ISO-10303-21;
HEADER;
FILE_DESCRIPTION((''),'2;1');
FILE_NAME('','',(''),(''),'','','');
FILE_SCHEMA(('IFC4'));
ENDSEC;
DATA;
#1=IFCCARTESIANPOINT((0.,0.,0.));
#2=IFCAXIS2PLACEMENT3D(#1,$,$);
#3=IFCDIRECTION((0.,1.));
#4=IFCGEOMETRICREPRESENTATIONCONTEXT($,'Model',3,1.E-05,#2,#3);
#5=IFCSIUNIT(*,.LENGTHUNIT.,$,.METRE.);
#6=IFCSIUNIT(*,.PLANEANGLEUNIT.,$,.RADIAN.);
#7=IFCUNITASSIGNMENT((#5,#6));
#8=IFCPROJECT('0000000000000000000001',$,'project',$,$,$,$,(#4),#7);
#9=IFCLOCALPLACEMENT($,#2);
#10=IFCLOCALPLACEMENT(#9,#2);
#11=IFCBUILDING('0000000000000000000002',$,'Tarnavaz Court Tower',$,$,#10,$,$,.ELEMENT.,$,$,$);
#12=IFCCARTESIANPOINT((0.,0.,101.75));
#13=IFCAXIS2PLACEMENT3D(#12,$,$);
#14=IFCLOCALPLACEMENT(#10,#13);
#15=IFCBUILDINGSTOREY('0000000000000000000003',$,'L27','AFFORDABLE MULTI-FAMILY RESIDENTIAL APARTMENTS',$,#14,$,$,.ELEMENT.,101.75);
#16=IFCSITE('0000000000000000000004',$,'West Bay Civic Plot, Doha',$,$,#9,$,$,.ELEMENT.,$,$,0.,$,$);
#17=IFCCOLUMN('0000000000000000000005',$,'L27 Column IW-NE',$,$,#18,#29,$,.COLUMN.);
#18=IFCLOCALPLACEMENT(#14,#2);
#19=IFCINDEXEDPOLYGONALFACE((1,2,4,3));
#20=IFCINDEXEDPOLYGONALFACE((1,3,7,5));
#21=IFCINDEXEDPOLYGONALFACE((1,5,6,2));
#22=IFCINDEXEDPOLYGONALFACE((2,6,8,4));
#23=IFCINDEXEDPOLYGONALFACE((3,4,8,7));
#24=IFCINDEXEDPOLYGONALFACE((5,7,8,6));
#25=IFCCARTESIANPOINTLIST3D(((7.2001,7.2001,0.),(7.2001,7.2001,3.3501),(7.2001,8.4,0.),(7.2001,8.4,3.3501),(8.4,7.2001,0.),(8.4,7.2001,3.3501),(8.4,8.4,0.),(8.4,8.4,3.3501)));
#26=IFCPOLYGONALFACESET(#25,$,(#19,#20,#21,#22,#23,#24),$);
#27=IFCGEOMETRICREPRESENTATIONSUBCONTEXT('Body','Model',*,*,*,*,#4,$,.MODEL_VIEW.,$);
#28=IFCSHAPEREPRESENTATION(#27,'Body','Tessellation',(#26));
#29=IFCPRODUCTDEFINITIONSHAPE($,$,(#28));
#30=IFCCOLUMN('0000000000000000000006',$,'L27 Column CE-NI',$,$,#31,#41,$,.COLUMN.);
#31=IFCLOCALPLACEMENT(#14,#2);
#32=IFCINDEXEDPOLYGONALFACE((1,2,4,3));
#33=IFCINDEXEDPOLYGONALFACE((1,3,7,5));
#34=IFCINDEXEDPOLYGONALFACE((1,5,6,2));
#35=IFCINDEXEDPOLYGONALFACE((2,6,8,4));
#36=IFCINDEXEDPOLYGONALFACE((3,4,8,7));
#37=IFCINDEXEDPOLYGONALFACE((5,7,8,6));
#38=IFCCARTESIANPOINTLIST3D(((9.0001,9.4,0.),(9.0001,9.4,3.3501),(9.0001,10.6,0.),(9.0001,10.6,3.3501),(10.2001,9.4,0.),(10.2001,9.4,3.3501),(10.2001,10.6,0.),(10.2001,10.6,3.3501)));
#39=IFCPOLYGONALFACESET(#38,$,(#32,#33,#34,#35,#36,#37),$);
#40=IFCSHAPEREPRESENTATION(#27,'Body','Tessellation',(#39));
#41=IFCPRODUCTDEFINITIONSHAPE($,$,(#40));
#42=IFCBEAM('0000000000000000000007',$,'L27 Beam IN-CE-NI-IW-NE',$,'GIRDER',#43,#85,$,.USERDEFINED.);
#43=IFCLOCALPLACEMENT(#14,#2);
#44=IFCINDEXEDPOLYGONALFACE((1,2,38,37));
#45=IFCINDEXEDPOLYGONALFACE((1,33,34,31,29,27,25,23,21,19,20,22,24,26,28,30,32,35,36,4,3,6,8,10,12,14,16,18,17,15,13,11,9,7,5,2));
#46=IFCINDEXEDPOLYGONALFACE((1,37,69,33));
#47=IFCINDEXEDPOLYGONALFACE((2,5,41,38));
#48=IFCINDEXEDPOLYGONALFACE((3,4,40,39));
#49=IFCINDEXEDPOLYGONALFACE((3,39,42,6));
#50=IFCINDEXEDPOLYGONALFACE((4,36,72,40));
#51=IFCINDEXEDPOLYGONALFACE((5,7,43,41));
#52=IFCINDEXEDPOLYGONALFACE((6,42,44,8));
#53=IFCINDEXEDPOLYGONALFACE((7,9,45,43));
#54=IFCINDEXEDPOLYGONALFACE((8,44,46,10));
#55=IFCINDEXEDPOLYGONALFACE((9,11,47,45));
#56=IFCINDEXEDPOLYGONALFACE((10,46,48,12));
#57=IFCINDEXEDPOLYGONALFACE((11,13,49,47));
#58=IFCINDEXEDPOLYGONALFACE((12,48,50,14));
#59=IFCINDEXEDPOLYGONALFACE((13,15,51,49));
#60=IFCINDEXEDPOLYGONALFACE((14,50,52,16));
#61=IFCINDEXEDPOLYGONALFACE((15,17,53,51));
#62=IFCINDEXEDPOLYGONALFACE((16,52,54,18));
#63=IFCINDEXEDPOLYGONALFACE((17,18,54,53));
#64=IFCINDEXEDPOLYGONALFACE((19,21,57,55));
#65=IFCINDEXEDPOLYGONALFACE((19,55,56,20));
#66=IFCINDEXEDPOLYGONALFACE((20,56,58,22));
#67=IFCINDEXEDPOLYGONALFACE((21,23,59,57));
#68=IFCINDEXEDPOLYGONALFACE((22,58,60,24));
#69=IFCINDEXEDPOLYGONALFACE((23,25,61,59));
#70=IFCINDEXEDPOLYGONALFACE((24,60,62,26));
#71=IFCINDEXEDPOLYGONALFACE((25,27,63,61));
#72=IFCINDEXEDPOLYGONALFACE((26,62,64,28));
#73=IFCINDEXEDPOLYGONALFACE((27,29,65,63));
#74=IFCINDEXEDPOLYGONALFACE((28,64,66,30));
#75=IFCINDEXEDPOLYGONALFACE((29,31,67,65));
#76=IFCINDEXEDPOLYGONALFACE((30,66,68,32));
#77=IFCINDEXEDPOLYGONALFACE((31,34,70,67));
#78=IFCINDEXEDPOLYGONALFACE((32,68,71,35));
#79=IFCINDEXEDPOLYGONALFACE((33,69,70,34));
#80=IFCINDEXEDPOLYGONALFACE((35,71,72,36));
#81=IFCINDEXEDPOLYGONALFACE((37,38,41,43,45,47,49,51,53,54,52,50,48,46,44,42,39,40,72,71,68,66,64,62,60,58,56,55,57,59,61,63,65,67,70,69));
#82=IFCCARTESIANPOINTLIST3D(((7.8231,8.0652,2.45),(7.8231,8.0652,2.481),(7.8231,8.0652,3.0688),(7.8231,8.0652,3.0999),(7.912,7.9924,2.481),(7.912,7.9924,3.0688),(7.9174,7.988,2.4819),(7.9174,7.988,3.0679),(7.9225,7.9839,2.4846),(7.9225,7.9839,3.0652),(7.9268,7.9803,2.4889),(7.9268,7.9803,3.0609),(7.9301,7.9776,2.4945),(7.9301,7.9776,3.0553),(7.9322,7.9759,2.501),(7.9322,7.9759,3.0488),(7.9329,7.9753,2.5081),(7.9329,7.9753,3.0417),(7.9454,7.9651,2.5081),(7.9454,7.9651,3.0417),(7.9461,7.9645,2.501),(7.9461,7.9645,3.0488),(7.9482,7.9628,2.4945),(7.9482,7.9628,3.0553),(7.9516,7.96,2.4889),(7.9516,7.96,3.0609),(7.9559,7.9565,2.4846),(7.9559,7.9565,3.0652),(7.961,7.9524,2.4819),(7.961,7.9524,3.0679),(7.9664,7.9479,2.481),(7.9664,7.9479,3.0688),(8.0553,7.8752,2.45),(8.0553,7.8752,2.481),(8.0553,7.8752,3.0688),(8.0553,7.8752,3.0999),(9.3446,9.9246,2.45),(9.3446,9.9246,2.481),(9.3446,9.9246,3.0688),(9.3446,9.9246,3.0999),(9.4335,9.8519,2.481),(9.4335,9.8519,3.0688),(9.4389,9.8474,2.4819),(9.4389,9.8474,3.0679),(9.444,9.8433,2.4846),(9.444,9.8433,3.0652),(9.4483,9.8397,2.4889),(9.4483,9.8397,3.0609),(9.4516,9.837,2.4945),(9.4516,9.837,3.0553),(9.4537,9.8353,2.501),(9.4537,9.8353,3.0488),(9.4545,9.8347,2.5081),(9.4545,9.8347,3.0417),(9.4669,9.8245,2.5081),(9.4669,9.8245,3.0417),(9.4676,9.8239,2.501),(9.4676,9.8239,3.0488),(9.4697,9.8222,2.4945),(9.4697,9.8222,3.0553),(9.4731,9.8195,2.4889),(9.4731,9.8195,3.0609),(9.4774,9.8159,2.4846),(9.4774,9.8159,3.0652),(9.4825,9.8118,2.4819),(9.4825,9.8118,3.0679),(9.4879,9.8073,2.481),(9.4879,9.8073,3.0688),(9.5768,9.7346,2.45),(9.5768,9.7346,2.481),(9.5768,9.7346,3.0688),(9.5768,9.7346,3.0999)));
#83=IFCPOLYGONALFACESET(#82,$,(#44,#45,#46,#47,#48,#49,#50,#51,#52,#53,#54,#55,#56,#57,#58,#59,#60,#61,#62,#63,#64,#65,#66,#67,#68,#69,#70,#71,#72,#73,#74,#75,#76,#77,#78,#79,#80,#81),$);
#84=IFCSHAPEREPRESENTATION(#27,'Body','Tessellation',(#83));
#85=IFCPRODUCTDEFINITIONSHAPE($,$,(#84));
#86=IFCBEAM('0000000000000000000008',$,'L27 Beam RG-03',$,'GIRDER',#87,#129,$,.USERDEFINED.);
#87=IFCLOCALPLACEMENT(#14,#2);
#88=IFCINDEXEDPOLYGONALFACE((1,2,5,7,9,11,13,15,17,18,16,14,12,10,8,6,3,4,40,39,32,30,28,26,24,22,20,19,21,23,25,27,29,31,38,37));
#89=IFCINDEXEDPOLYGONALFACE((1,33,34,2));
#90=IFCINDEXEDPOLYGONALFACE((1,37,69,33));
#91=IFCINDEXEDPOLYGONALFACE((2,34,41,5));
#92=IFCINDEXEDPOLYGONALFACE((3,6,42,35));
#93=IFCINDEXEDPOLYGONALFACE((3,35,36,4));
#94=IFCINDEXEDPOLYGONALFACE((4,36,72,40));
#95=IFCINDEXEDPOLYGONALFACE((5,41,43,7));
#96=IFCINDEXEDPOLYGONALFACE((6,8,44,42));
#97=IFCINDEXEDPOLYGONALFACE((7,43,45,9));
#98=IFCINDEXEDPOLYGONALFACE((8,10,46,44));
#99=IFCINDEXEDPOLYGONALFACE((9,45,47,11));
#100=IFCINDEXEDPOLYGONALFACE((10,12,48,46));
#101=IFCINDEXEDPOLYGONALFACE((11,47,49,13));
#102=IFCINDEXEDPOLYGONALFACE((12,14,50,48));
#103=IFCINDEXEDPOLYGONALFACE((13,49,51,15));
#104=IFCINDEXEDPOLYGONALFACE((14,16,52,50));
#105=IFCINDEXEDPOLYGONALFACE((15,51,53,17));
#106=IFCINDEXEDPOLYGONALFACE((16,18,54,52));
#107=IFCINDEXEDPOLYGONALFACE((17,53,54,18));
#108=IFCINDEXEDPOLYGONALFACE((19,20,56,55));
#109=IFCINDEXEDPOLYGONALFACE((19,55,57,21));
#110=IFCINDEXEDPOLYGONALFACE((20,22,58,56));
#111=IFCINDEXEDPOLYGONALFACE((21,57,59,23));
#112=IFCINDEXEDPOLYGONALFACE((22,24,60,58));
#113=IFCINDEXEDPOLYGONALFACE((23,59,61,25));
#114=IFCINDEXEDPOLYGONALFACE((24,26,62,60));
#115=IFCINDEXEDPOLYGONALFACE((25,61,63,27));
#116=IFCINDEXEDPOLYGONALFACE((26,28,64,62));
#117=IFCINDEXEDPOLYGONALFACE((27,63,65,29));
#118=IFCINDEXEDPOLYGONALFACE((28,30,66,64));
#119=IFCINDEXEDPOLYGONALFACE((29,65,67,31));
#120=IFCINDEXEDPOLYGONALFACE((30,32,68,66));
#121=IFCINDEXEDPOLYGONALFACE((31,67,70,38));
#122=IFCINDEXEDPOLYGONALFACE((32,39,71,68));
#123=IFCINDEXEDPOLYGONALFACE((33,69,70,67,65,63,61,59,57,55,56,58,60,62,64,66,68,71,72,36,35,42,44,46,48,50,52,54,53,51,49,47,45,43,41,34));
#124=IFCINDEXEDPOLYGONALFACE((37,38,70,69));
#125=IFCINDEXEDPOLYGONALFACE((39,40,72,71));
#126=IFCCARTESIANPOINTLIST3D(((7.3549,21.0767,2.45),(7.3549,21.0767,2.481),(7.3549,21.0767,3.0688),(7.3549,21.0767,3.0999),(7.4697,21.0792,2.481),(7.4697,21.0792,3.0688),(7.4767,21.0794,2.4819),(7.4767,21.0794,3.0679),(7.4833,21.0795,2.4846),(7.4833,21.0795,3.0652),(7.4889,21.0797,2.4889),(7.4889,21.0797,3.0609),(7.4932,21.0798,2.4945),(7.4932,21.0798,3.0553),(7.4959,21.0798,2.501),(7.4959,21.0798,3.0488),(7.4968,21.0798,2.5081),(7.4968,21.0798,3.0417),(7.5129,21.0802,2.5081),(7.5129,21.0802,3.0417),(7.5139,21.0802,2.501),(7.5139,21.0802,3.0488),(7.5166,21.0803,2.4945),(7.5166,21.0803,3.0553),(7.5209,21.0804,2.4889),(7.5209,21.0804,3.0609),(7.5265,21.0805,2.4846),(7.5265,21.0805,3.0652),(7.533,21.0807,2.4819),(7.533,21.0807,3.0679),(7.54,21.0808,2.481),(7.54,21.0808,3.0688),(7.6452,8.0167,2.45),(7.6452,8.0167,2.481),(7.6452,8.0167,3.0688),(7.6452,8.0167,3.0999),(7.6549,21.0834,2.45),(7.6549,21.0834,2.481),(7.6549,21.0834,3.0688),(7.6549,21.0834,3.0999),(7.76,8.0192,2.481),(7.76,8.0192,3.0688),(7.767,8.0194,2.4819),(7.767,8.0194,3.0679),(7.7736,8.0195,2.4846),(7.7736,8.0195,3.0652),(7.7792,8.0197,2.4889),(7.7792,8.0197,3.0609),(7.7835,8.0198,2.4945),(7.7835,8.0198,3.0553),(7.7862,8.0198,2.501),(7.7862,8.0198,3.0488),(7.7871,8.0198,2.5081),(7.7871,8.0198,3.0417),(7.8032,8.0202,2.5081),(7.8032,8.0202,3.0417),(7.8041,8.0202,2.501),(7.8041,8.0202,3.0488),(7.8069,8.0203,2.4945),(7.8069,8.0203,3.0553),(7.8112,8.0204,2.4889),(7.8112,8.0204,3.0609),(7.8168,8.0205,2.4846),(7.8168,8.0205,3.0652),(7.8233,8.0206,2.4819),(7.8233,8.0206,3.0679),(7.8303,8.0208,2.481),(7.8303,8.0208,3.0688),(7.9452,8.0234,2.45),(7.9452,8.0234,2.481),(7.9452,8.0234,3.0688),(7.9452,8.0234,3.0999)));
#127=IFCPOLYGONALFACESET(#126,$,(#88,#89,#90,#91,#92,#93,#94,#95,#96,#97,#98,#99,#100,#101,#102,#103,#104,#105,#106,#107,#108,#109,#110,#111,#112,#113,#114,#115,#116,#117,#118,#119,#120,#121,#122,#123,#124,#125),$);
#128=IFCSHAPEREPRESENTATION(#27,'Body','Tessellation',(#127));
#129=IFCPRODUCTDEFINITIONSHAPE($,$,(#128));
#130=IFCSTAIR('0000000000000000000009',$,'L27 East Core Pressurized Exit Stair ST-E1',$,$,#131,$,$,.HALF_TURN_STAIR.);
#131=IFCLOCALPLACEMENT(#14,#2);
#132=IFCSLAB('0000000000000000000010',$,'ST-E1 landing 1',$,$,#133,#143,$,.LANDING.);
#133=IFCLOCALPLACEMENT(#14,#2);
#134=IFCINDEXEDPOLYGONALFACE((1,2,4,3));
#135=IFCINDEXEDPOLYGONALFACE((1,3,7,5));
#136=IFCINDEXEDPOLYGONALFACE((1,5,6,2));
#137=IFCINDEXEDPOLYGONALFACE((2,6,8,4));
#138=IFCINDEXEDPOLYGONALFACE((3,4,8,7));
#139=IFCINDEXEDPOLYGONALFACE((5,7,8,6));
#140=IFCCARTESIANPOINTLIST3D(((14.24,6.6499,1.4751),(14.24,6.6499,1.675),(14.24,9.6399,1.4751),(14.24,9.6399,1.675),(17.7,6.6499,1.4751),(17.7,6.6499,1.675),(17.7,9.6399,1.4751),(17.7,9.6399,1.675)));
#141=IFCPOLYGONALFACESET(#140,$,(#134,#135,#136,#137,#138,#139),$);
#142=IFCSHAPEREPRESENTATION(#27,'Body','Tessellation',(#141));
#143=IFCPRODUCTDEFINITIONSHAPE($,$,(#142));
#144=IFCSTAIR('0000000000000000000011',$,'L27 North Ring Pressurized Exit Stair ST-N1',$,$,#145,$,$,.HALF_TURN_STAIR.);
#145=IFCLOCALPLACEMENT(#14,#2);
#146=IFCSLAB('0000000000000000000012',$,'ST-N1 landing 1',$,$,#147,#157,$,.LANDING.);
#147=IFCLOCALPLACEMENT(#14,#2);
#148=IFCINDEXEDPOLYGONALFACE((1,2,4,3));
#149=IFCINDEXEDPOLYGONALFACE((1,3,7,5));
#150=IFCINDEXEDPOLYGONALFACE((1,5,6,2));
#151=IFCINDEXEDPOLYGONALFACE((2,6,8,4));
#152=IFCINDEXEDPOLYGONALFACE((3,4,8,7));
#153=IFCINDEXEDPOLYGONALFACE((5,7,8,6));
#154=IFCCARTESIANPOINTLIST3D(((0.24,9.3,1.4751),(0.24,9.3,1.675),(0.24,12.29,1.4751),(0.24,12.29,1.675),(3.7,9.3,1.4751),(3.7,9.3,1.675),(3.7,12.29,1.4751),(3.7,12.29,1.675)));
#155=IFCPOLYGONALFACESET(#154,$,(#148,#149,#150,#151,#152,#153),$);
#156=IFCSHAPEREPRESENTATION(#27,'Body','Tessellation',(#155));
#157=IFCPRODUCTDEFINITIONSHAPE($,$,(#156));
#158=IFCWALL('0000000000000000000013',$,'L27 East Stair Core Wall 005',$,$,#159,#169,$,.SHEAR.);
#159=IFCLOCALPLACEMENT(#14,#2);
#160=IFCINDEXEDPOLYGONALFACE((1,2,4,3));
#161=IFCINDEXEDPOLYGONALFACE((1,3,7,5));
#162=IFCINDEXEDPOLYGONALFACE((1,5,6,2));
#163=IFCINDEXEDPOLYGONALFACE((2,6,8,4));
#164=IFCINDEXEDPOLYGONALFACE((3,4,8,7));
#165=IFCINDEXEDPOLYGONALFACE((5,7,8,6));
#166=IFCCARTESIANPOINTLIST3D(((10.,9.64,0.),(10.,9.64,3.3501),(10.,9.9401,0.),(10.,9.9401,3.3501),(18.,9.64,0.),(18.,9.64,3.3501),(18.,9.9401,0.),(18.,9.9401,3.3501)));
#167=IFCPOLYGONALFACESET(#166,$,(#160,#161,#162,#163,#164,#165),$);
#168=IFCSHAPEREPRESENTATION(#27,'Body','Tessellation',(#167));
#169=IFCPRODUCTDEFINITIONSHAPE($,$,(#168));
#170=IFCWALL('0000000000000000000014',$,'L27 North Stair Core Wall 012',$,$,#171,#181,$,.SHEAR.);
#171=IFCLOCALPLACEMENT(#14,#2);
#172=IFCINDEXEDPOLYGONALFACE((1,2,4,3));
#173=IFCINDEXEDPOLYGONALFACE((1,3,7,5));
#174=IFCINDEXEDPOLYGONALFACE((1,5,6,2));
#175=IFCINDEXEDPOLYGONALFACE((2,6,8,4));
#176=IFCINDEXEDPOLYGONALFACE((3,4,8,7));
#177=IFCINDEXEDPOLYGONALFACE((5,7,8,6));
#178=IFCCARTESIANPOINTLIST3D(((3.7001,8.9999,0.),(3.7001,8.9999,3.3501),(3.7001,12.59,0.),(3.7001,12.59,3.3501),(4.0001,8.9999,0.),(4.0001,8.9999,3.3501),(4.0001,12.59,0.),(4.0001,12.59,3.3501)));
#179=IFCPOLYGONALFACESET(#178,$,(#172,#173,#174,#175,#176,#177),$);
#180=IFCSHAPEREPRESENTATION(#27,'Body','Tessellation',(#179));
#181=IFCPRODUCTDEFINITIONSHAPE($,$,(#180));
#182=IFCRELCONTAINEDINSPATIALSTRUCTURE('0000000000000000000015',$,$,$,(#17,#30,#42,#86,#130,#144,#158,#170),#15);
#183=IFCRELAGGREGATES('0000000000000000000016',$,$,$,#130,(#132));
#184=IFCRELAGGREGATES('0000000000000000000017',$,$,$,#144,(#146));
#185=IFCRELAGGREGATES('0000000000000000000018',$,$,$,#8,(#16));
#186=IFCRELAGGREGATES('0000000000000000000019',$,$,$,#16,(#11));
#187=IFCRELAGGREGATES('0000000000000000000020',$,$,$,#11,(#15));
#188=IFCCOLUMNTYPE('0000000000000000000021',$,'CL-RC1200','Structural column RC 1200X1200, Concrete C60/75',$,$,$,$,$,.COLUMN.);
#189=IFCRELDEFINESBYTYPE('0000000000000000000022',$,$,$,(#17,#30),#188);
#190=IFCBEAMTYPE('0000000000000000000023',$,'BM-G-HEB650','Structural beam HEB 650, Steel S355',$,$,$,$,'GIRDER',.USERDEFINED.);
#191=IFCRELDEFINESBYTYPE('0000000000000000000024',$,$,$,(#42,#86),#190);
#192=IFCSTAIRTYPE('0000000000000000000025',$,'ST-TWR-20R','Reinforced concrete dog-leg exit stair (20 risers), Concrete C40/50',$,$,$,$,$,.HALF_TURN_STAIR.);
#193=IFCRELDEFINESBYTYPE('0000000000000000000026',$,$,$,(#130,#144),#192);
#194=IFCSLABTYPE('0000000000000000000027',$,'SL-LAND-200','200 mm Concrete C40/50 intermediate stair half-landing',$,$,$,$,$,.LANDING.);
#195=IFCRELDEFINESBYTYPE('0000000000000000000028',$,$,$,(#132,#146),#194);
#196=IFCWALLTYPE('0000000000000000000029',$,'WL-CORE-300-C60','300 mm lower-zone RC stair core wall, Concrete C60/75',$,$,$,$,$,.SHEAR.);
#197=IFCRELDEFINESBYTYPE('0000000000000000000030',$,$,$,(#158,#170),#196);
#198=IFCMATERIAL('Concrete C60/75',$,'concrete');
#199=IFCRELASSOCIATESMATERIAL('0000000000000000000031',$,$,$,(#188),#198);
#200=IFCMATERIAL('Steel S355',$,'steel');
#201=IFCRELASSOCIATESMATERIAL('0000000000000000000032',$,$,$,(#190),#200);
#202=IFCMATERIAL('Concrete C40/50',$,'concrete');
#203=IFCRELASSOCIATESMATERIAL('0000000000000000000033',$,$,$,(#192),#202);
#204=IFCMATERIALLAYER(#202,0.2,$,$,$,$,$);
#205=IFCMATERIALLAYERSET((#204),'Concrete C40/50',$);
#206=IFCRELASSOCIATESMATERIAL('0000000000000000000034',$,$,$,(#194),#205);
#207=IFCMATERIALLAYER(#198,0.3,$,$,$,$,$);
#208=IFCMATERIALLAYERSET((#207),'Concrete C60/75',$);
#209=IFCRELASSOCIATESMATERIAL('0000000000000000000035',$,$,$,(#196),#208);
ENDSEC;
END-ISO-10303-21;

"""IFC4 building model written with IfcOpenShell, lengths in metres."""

from ifc_helpers import new_model, si_unit, direction, frame, frame_2d, origin, origin_2d, place, context, subcontext, project, spatial, polyline, rectangle, i_section, outline, extrude, material, layer, layer_set, material_profile, profile_set, type_object, element, aggregate, save


model = new_model("IFC4")

# Units and contexts
model_context = context("Model", 3, precision=1e-05, world=origin(), true_north=direction((0.0, 1.0)))
body_context = subcontext(model_context, "Body", "Model", "MODEL_VIEW")
ifc_project = project(units=[si_unit("LENGTHUNIT", "METRE"), si_unit("PLANEANGLEUNIT", "RADIAN")], contexts=[model_context])

# Site, building, storey
site_placement = place(None, origin())
site = spatial("IfcSite", under=ifc_project, at=site_placement, Name="West Bay Civic Plot, Doha", CompositionType="ELEMENT", RefElevation=0.0)
building_placement = place(site_placement, origin())
building = spatial("IfcBuilding", under=site, at=building_placement, Name="Tarnavaz Court Tower", CompositionType="ELEMENT")
storey_placement = place(building_placement, frame((0.0, 0.0, 101.75)))
storey = spatial("IfcBuildingStorey", under=building, at=storey_placement, Name="L27", Description="AFFORDABLE MULTI-FAMILY RESIDENTIAL APARTMENTS", CompositionType="ELEMENT", Elevation=101.75)

# Columns
ifc_material_1 = material(Name="Concrete C60/75", Category="concrete")
ifc_material_profile_1 = material_profile(ifc_material_1, rectangle(XDim=1.2, YDim=1.2, at=origin_2d()), Name="RC 1200X1200")
ifc_profile_set_1 = profile_set([ifc_material_profile_1], Name="Concrete C60/75")
column_type = type_object("IfcColumnType", Name="CL-RC1200", Description="Structural column RC 1200X1200, Concrete C60/75", PredefinedType="COLUMN", material=ifc_profile_set_1)
for number, where, z_axis, x_axis, name in (
    (1, (7.8, 7.8, 0.0), (0.0, 0.0, 1.0), (1.0, 0.0, 0.0), "L27 Column IW-NE"),
    (2, (9.6001, 10.0, 0.0), (0.0, 0.0, 1.0), (1.0, 0.0, 0.0), "L27 Column CE-NI"),
):
    element("IfcColumn", number, at=place(storey_placement, frame(where, z_axis=z_axis, x_axis=x_axis)), inside=storey, type_object=column_type, Name=name, PredefinedType="COLUMN", context=body_context, shape_type="SweptSolid", body=[
        extrude(rectangle(XDim=1.2, YDim=1.2, at=origin_2d()), origin(), (0.0, 0.0, 1.0), 3.3501),
    ])

# Beams
ifc_material_2 = material(Name="Steel S355", Category="steel")
ifc_material_profile_2 = material_profile(ifc_material_2, i_section(OverallWidth=0.3, OverallDepth=0.6499, WebThickness=0.0161, FlangeThickness=0.031, FilletRadius=0.0271, at=origin_2d()), Name="HEB 650")
ifc_profile_set_2 = profile_set([ifc_material_profile_2], Name="Steel S355")
beam_type = type_object("IfcBeamType", Name="BM-G-HEB650", Description="Structural beam HEB 650, Steel S355", ElementType="GIRDER", PredefinedType="USERDEFINED", material=ifc_profile_set_2)
beam_1_placement = place(storey_placement, frame((9.4607, 9.8296, 2.7749), z_axis=(-0.633282, -0.773921, 0.0), x_axis=(0.773921, -0.633282, 0.0)))
element("IfcBeam", 3, at=beam_1_placement, inside=storey, type_object=beam_type, Name="L27 Beam IN-CE-NI-IW-NE", ObjectType="GIRDER", PredefinedType="USERDEFINED", context=body_context, shape_type="SweptSolid", body=[
    extrude(i_section(OverallWidth=0.3, OverallDepth=0.6499, WebThickness=0.0161, FlangeThickness=0.031, FilletRadius=0.0271, at=origin_2d()), origin(), (0.0, 0.0, 1.0), 2.4026),
])
beam_2_placement = place(storey_placement, frame((7.7952, 8.02, 2.7749), z_axis=(-0.022221, 0.999753, 0.0), x_axis=(-0.999753, -0.022221, 0.0)))
element("IfcBeam", 4, at=beam_2_placement, inside=storey, type_object=beam_type, Name="L27 Beam RG-03", ObjectType="GIRDER", PredefinedType="USERDEFINED", context=body_context, shape_type="SweptSolid", body=[
    extrude(i_section(OverallWidth=0.3, OverallDepth=0.6499, WebThickness=0.0161, FlangeThickness=0.031, FilletRadius=0.0271, at=origin_2d()), origin(), (0.0, 0.0, 1.0), 13.0632),
])

# Stairs, slabs
ifc_material_3 = material(Name="Concrete C40/50", Category="concrete")
stair_type = type_object("IfcStairType", Name="ST-TWR-20R", Description="Reinforced concrete dog-leg exit stair (20 risers), Concrete C40/50", PredefinedType="HALF_TURN_STAIR", material=ifc_material_3)
stair_1_placement = place(storey_placement, origin())
stair_1 = element("IfcStair", 5, at=stair_1_placement, inside=storey, type_object=stair_type, Name="L27 East Core Pressurized Exit Stair ST-E1", PredefinedType="HALF_TURN_STAIR")
ifc_layer_1 = layer(ifc_material_3, 0.2)
ifc_layer_set_1 = layer_set([ifc_layer_1], Name="Concrete C40/50")
slab_type = type_object("IfcSlabType", Name="SL-LAND-200", Description="200 mm Concrete C40/50 intermediate stair half-landing", PredefinedType="LANDING", material=ifc_layer_set_1)
slab_1_placement = place(storey_placement, frame((0.0, 0.0, 1.4751)))
slab_1 = element("IfcSlab", 6, at=slab_1_placement, type_object=slab_type, Name="ST-E1 landing 1", PredefinedType="LANDING", context=body_context, shape_type="SweptSolid", body=[
    extrude(outline(polyline([(14.24, 6.6499), (17.7, 6.6499), (17.7, 9.6399), (14.24, 9.6399), (14.24, 6.6499)])), origin(), (0.0, 0.0, 1.0), 0.2),
])
aggregate(stair_1, [slab_1])
stair_2_placement = place(storey_placement, origin())
stair_2 = element("IfcStair", 7, at=stair_2_placement, inside=storey, type_object=stair_type, Name="L27 North Ring Pressurized Exit Stair ST-N1", PredefinedType="HALF_TURN_STAIR")
slab_2_placement = place(storey_placement, frame((0.0, 0.0, 1.4751)))
slab_2 = element("IfcSlab", 8, at=slab_2_placement, type_object=slab_type, Name="ST-N1 landing 1", PredefinedType="LANDING", context=body_context, shape_type="SweptSolid", body=[
    extrude(outline(polyline([(0.24, 9.3), (3.7, 9.3), (3.7, 12.29), (0.24, 12.29), (0.24, 9.3)])), origin(), (0.0, 0.0, 1.0), 0.2),
])

# Wall
ifc_layer_2 = layer(ifc_material_1, 0.3)
ifc_layer_set_2 = layer_set([ifc_layer_2], Name="Concrete C60/75")
wall_type_1 = type_object("IfcWallType", Name="WL-CORE-300-C60", Description="300 mm lower-zone RC stair core wall, Concrete C60/75", PredefinedType="SHEAR", material=ifc_layer_set_2)
wall_1_placement = place(storey_placement, frame((10.0, 9.79, 0.0), z_axis=(0.0, 0.0, 1.0), x_axis=(1.0, 0.0, 0.0)))
element("IfcWall", 9, at=wall_1_placement, inside=storey, type_object=wall_type_1, Name="L27 East Stair Core Wall 005", PredefinedType="SHEAR", context=body_context, shape_type="SweptSolid", body=[
    extrude(rectangle(XDim=8.0, YDim=0.3, at=frame_2d((4.0, 0.0))), origin(), (0.0, 0.0, 1.0), 3.3501),
])

# Wall
wall_2_placement = place(storey_placement, frame((3.8501, 9.0, 0.0), z_axis=(0.0, 0.0, 1.0), x_axis=(0.0, 1.0, 0.0)))
element("IfcWall", 10, at=wall_2_placement, inside=storey, type_object=wall_type_1, Name="L27 North Stair Core Wall 012", PredefinedType="SHEAR", context=body_context, shape_type="SweptSolid", body=[
    extrude(rectangle(XDim=3.5901, YDim=0.3, at=frame_2d((1.7949, 0.0))), origin(), (0.0, 0.0, 1.0), 3.3501),
])

aggregate(stair_2, [slab_2])

save(model, "model.ifc")
